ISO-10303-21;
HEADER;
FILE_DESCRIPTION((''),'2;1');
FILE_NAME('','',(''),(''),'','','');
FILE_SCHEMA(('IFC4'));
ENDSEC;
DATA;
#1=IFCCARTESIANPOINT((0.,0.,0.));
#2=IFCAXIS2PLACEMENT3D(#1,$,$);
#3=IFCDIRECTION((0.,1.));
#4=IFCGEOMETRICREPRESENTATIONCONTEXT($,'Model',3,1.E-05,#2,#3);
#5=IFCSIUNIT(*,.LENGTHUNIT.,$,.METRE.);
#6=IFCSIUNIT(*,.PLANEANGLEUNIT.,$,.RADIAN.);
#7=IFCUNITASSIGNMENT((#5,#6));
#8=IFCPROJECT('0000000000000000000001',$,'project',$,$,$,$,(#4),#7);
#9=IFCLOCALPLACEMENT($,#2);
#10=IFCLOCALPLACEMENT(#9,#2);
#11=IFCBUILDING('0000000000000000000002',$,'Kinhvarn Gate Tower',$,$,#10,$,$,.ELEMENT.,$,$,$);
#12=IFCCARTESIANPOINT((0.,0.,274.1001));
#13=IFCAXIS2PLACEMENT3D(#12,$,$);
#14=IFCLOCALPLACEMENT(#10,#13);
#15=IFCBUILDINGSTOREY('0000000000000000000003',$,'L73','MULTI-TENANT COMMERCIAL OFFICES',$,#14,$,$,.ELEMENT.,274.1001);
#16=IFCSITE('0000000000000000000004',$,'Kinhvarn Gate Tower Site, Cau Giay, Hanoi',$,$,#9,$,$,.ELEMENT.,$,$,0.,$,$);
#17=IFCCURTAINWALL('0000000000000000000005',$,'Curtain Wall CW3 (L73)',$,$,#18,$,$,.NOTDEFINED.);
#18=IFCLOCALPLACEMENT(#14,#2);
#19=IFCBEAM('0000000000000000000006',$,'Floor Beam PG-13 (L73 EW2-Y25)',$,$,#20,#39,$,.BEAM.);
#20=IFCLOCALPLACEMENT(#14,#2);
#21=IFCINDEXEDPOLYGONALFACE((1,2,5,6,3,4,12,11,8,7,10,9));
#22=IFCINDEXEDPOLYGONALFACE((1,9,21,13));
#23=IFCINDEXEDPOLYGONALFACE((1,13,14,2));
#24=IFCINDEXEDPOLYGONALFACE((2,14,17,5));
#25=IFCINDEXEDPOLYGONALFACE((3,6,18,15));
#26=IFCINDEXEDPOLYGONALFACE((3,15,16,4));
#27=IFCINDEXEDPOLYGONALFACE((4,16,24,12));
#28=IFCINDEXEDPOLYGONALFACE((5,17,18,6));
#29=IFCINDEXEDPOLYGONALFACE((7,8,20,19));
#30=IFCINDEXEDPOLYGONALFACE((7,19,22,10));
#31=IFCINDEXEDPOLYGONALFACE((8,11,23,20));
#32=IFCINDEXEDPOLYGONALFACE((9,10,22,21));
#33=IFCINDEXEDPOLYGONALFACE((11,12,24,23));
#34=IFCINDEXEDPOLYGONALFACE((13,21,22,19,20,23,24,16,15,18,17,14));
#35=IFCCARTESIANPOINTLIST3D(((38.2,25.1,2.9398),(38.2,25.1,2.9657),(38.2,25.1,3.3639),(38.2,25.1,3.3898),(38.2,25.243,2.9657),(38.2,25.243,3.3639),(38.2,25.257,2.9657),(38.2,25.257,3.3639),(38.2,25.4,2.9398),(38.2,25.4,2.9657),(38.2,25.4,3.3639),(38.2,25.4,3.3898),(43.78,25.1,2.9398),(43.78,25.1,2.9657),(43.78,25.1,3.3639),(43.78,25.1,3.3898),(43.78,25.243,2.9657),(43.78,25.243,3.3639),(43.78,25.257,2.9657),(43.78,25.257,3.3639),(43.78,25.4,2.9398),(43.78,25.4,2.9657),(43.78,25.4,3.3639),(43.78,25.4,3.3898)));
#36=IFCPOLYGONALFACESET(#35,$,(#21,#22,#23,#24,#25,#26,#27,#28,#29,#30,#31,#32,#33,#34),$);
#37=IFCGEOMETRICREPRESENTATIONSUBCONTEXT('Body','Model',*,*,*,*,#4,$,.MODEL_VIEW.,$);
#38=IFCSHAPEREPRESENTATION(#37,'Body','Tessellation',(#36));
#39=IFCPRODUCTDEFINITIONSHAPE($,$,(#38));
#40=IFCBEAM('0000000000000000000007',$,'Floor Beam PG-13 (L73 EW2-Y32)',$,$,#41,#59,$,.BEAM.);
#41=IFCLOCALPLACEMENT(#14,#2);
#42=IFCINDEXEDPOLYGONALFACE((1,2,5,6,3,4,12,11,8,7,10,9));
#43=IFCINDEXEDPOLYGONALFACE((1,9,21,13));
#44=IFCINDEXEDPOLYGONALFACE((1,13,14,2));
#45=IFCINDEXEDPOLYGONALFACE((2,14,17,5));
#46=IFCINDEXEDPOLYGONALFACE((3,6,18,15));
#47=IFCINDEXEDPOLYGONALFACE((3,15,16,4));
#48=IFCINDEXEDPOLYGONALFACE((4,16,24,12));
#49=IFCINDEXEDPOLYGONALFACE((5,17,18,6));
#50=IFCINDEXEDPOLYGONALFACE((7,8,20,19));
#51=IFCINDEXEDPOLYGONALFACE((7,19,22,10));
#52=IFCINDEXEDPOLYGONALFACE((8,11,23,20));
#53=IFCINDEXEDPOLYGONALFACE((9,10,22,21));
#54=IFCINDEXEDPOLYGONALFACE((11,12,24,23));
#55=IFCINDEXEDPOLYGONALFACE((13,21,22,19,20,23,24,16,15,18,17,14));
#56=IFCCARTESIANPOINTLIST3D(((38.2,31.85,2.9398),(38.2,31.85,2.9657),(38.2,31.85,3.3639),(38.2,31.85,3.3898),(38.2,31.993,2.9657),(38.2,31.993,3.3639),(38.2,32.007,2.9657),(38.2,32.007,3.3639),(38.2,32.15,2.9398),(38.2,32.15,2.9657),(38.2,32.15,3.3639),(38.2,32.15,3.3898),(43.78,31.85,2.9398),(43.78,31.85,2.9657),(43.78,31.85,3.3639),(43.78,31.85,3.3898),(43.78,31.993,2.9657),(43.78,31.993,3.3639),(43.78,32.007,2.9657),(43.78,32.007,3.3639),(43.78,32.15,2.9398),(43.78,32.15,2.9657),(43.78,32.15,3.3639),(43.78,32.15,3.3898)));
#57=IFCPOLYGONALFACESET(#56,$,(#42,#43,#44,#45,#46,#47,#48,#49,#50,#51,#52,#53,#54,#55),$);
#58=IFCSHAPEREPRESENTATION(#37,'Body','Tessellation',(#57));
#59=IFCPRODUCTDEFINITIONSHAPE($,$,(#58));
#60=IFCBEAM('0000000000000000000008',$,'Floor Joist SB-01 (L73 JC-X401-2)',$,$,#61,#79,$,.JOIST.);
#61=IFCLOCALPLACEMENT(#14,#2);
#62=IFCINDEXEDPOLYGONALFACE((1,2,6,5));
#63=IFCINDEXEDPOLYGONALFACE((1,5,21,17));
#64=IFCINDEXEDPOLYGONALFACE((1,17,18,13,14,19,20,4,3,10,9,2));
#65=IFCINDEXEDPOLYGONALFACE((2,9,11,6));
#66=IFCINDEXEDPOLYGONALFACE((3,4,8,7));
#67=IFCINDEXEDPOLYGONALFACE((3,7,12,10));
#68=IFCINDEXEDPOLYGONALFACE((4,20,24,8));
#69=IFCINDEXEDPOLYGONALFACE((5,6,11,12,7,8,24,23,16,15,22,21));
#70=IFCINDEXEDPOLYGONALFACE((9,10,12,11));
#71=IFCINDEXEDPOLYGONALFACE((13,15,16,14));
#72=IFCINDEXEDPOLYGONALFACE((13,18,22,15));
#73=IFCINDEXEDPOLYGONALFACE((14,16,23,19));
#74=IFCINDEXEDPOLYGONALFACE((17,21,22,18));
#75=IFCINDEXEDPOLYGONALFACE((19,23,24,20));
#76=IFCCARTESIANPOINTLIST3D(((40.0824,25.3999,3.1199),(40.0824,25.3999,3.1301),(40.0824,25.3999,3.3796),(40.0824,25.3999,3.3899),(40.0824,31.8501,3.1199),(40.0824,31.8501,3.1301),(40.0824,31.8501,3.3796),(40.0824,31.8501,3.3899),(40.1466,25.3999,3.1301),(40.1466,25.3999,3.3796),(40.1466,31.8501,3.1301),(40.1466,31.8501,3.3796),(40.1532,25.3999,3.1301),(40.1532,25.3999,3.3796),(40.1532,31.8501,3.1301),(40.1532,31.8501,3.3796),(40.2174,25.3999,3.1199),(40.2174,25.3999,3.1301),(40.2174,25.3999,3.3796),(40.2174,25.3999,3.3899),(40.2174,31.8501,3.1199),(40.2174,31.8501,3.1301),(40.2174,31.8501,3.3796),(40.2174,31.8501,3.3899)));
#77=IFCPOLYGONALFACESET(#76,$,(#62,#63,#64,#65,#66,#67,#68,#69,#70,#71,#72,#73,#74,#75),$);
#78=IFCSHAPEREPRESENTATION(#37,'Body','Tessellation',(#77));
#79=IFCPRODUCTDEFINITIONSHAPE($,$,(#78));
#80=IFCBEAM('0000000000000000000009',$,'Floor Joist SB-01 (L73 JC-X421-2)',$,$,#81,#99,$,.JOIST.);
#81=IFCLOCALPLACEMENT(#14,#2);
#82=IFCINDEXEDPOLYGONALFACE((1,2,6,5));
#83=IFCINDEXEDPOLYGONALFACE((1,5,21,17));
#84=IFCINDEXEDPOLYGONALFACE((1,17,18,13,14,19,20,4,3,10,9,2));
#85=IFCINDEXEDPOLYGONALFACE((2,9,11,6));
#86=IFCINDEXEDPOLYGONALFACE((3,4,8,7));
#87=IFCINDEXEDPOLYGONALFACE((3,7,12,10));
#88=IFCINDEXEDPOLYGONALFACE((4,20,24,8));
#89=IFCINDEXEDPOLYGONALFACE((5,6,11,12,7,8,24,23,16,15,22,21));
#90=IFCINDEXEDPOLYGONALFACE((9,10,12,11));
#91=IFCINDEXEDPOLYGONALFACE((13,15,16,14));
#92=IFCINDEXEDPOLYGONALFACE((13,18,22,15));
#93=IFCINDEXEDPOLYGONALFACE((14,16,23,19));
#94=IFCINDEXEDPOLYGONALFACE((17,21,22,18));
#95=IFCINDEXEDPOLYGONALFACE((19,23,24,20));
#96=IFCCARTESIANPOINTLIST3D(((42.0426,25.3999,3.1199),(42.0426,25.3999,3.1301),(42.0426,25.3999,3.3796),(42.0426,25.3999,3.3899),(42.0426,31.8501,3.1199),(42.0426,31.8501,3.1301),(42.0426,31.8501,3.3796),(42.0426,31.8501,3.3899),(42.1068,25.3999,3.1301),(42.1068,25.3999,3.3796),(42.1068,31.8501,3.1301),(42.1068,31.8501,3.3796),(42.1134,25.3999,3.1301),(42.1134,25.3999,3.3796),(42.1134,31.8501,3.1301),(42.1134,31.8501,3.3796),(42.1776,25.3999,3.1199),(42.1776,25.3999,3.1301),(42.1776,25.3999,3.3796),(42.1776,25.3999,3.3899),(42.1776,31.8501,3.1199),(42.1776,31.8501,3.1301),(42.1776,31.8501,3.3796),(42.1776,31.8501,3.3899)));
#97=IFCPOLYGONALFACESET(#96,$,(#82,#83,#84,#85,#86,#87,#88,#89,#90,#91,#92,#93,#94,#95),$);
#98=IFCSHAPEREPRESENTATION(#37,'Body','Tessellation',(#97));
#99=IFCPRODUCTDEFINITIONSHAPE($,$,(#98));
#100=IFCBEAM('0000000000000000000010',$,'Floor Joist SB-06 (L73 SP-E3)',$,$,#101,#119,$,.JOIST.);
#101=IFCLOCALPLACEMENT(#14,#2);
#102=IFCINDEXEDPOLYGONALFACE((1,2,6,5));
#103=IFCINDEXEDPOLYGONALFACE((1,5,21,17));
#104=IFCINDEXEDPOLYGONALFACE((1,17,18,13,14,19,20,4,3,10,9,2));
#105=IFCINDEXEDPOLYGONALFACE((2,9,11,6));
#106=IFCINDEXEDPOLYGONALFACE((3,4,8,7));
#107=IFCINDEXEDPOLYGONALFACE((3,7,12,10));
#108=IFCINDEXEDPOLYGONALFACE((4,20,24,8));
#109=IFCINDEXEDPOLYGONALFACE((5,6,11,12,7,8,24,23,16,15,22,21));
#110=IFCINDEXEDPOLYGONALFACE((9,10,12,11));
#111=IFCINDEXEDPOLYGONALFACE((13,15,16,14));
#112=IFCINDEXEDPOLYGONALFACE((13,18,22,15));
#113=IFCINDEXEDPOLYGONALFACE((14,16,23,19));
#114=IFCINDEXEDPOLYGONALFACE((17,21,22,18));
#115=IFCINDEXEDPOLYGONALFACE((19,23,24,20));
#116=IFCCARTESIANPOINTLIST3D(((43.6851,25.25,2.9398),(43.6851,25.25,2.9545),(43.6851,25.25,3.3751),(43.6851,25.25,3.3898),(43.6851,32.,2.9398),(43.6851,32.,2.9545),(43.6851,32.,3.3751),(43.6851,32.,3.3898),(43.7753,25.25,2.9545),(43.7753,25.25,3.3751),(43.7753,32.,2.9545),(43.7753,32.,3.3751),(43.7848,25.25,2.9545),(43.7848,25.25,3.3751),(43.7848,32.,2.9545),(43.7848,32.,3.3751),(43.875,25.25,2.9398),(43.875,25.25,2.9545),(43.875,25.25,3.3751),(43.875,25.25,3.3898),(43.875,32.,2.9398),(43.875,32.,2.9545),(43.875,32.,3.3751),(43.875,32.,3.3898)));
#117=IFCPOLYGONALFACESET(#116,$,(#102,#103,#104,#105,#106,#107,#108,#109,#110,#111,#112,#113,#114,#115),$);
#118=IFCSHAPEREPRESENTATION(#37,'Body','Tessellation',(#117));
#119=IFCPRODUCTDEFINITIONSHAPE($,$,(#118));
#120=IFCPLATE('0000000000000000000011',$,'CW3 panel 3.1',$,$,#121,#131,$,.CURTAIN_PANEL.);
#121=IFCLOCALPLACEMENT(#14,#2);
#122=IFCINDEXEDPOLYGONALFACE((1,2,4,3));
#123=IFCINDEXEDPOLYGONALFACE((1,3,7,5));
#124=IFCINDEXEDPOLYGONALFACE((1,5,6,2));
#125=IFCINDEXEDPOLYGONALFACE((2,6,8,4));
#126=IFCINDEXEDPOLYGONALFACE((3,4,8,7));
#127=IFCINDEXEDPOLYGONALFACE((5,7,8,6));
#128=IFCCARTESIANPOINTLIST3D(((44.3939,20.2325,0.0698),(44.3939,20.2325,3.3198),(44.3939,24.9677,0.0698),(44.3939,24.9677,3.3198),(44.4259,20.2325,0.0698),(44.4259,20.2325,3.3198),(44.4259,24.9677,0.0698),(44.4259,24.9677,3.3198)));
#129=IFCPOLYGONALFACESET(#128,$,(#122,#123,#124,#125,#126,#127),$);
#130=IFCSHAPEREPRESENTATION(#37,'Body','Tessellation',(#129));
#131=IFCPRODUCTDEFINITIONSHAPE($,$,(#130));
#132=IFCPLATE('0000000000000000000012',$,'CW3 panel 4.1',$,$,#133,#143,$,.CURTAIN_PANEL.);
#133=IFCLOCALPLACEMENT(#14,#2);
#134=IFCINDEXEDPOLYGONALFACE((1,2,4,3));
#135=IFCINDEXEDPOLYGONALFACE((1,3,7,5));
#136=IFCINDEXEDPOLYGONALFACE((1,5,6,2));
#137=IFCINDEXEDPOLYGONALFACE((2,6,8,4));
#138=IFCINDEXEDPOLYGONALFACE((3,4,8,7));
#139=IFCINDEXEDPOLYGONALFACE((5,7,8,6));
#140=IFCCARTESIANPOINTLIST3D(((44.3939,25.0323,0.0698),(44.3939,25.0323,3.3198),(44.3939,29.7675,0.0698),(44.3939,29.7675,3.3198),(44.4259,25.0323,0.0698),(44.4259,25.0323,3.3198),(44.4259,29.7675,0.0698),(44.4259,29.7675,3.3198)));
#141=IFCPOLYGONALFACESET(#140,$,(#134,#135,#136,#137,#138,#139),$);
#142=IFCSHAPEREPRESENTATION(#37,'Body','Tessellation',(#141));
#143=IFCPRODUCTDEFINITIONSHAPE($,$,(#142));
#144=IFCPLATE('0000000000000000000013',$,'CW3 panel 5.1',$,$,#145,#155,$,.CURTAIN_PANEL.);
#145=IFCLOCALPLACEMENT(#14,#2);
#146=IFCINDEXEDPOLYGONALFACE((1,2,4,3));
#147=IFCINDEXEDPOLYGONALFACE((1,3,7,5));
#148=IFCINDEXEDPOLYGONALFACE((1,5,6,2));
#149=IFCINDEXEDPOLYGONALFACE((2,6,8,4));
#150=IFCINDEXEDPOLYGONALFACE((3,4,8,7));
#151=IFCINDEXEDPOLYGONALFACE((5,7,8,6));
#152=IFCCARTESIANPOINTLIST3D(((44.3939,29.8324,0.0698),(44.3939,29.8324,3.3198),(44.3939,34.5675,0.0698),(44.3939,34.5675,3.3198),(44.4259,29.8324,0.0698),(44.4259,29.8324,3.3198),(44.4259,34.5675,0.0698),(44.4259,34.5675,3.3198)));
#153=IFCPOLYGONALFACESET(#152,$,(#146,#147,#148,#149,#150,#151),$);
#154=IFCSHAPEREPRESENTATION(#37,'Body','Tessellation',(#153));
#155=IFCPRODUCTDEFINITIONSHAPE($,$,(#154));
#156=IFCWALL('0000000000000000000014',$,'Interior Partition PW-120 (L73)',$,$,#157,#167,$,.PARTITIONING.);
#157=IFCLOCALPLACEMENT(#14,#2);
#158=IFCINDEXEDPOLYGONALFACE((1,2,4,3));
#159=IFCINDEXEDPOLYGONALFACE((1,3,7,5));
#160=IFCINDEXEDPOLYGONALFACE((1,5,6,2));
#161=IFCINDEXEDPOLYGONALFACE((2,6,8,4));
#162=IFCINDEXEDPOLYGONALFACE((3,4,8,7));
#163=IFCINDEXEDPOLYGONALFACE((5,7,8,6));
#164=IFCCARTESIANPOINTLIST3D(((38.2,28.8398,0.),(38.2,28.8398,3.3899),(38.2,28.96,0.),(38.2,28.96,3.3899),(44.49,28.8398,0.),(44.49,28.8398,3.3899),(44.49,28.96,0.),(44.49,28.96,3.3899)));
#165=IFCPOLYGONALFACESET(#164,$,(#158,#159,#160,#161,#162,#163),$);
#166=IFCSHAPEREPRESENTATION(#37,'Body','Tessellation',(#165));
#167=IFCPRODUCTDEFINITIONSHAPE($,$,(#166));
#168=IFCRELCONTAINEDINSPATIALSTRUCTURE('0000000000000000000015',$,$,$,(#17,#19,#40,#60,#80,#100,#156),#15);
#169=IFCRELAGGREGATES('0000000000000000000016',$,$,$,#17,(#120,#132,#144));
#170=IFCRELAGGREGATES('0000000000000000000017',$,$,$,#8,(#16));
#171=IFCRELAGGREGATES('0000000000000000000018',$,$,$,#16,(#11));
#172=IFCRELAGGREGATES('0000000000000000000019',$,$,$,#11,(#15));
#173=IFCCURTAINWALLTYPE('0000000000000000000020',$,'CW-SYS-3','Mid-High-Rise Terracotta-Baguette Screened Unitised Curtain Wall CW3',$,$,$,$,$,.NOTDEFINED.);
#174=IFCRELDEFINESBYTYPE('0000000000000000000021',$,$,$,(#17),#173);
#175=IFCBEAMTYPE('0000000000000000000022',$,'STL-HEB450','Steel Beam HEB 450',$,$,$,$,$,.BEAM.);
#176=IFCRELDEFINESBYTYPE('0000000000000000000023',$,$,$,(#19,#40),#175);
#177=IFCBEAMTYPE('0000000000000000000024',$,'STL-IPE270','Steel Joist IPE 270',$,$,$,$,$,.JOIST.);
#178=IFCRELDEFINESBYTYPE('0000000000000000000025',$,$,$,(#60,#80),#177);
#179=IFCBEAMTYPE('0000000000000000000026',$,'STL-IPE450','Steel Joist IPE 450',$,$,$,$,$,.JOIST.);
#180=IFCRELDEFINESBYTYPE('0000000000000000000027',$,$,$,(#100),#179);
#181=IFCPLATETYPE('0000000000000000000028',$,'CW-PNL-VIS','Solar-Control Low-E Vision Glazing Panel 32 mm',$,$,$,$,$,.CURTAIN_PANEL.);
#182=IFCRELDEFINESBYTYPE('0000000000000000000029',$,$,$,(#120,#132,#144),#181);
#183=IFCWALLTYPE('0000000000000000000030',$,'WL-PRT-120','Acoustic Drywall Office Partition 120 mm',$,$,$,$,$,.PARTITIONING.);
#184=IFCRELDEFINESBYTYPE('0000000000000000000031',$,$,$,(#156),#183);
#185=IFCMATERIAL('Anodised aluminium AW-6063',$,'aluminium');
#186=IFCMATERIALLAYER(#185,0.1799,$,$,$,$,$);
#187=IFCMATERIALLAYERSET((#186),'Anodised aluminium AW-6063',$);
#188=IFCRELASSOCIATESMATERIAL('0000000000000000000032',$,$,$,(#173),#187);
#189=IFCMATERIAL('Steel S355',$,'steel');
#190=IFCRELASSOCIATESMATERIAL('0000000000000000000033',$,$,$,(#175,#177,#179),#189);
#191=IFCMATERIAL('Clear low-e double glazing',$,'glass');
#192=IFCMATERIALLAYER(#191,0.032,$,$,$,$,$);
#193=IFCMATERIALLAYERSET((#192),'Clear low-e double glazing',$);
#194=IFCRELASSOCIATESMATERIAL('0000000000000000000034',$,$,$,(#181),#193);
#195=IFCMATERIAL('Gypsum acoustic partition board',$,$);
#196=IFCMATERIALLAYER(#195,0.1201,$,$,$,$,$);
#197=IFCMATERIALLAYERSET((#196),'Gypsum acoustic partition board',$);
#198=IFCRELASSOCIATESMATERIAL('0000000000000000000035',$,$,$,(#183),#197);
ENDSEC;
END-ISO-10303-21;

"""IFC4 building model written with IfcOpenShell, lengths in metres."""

from ifc_helpers import new_model, si_unit, direction, frame, frame_2d, origin, origin_2d, place, context, subcontext, project, spatial, rectangle, i_section, extrude, material, layer, layer_set, material_profile, profile_set, type_object, element, aggregate, save


model = new_model("IFC4")

# Units and contexts
model_context = context("Model", 3, precision=1e-05, world=origin(), true_north=direction((0.0, 1.0)))
body_context = subcontext(model_context, "Body", "Model", "MODEL_VIEW")
ifc_project = project(units=[si_unit("LENGTHUNIT", "METRE"), si_unit("PLANEANGLEUNIT", "RADIAN")], contexts=[model_context])

# Site, building, storey
site_placement = place(None, origin())
site = spatial("IfcSite", under=ifc_project, at=site_placement, Name="Kinhvarn Gate Tower Site, Cau Giay, Hanoi", CompositionType="ELEMENT", RefElevation=0.0)
building_placement = place(site_placement, origin())
building = spatial("IfcBuilding", under=site, at=building_placement, Name="Kinhvarn Gate Tower", CompositionType="ELEMENT")
storey_placement = place(building_placement, frame((0.0, 0.0, 274.1001)))
storey = spatial("IfcBuildingStorey", under=building, at=storey_placement, Name="L73", Description="MULTI-TENANT COMMERCIAL OFFICES", CompositionType="ELEMENT", Elevation=274.1001)

# Curtain wall
ifc_material_1 = material(Name="Anodised aluminium AW-6063", Category="aluminium")
ifc_layer_1 = layer(ifc_material_1, 0.1799)
ifc_layer_set_1 = layer_set([ifc_layer_1], Name="Anodised aluminium AW-6063")
curtain_wall_type = type_object("IfcCurtainWallType", Name="CW-SYS-3", Description="Mid-High-Rise Terracotta-Baguette Screened Unitised Curtain Wall CW3", PredefinedType="NOTDEFINED", material=ifc_layer_set_1)
curtain_wall_placement = place(storey_placement, origin())
curtain_wall = element("IfcCurtainWall", 1, at=curtain_wall_placement, inside=storey, type_object=curtain_wall_type, Name="Curtain Wall CW3 (L73)", PredefinedType="NOTDEFINED")

# Beams
ifc_material_2 = material(Name="Steel S355", Category="steel")
ifc_material_profile_1 = material_profile(ifc_material_2, i_section(OverallWidth=0.3, OverallDepth=0.45, WebThickness=0.0139, FlangeThickness=0.0259, at=origin_2d()), Name="HEB 450")
ifc_profile_set_1 = profile_set([ifc_material_profile_1], Name="Steel S355")
beam_type_1 = type_object("IfcBeamType", Name="STL-HEB450", Description="Steel Beam HEB 450", PredefinedType="BEAM", material=ifc_profile_set_1)
for number, where, z_axis, x_axis, name in (
    (2, (38.2, 25.25, 3.1648), (1.0, 0.0, 0.0), (0.0, 1.0, 0.0), "Floor Beam PG-13 (L73 EW2-Y25)"),
    (3, (38.2, 32.0, 3.1648), (1.0, 0.0, 0.0), (0.0, 1.0, 0.0), "Floor Beam PG-13 (L73 EW2-Y32)"),
):
    element("IfcBeam", number, at=place(storey_placement, frame(where, z_axis=z_axis, x_axis=x_axis)), inside=storey, type_object=beam_type_1, Name=name, PredefinedType="BEAM", context=body_context, shape_type="SweptSolid", body=[
        extrude(i_section(OverallWidth=0.3, OverallDepth=0.45, WebThickness=0.0139, FlangeThickness=0.0259, at=origin_2d()), origin(), (0.0, 0.0, 1.0), 5.5801),
    ])
ifc_material_profile_2 = material_profile(ifc_material_2, i_section(OverallWidth=0.135, OverallDepth=0.27, WebThickness=0.0066, FlangeThickness=0.0103, at=origin_2d()), Name="IPE 270")
ifc_profile_set_2 = profile_set([ifc_material_profile_2], Name="Steel S355")
beam_type_2 = type_object("IfcBeamType", Name="STL-IPE270", Description="Steel Joist IPE 270", PredefinedType="JOIST", material=ifc_profile_set_2)
for number, where, z_axis, x_axis, name in (
    (4, (40.1499, 25.3999, 3.2549), (0.0, 1.0, 0.0), (-1.0, 0.0, 0.0), "Floor Joist SB-01 (L73 JC-X401-2)"),
    (5, (42.1101, 25.3999, 3.2549), (0.0, 1.0, 0.0), (-1.0, 0.0, 0.0), "Floor Joist SB-01 (L73 JC-X421-2)"),
):
    element("IfcBeam", number, at=place(storey_placement, frame(where, z_axis=z_axis, x_axis=x_axis)), inside=storey, type_object=beam_type_2, Name=name, PredefinedType="JOIST", context=body_context, shape_type="SweptSolid", body=[
        extrude(i_section(OverallWidth=0.135, OverallDepth=0.27, WebThickness=0.0066, FlangeThickness=0.0103, at=origin_2d()), origin(), (0.0, 0.0, 1.0), 6.4502),
    ])
ifc_material_profile_3 = material_profile(ifc_material_2, i_section(OverallWidth=0.1899, OverallDepth=0.45, WebThickness=0.0095, FlangeThickness=0.0146, at=origin_2d()), Name="IPE 450")
ifc_profile_set_3 = profile_set([ifc_material_profile_3], Name="Steel S355")
beam_type_3 = type_object("IfcBeamType", Name="STL-IPE450", Description="Steel Joist IPE 450", PredefinedType="JOIST", material=ifc_profile_set_3)
beam_1_placement = place(storey_placement, frame((43.78, 25.25, 3.1648), z_axis=(0.0, 1.0, 0.0), x_axis=(-1.0, 0.0, 0.0)))
element("IfcBeam", 6, at=beam_1_placement, inside=storey, type_object=beam_type_3, Name="Floor Joist SB-06 (L73 SP-E3)", PredefinedType="JOIST", context=body_context, shape_type="SweptSolid", body=[
    extrude(i_section(OverallWidth=0.1899, OverallDepth=0.45, WebThickness=0.0095, FlangeThickness=0.0146, at=origin_2d()), origin(), (0.0, 0.0, 1.0), 6.75),
])

# Plates
ifc_material_3 = material(Name="Clear low-e double glazing", Category="glass")
ifc_layer_2 = layer(ifc_material_3, 0.032)
ifc_layer_set_2 = layer_set([ifc_layer_2], Name="Clear low-e double glazing")
plate_type = type_object("IfcPlateType", Name="CW-PNL-VIS", Description="Solar-Control Low-E Vision Glazing Panel 32 mm", PredefinedType="CURTAIN_PANEL", material=ifc_layer_set_2)
plate_1_placement = place(storey_placement, frame((44.4099, 22.6001, 0.0698), z_axis=(0.0, 0.0, 1.0), x_axis=(0.0, 1.0, 0.0)))
plate_1 = element("IfcPlate", 7, at=plate_1_placement, type_object=plate_type, Name="CW3 panel 3.1", PredefinedType="CURTAIN_PANEL", context=body_context, shape_type="SweptSolid", body=[
    extrude(rectangle(XDim=4.7351, YDim=0.032, at=origin_2d()), origin(), (0.0, 0.0, 1.0), 3.25),
])
plate_2_placement = place(storey_placement, frame((44.4099, 27.3999, 0.0698), z_axis=(0.0, 0.0, 1.0), x_axis=(0.0, 1.0, 0.0)))
plate_2 = element("IfcPlate", 8, at=plate_2_placement, type_object=plate_type, Name="CW3 panel 4.1", PredefinedType="CURTAIN_PANEL", context=body_context, shape_type="SweptSolid", body=[
    extrude(rectangle(XDim=4.7351, YDim=0.032, at=origin_2d()), origin(), (0.0, 0.0, 1.0), 3.25),
])
plate_3_placement = place(storey_placement, frame((44.4099, 32.2, 0.0698), z_axis=(0.0, 0.0, 1.0), x_axis=(0.0, 1.0, 0.0)))
plate_3 = element("IfcPlate", 9, at=plate_3_placement, type_object=plate_type, Name="CW3 panel 5.1", PredefinedType="CURTAIN_PANEL", context=body_context, shape_type="SweptSolid", body=[
    extrude(rectangle(XDim=4.7351, YDim=0.032, at=origin_2d()), origin(), (0.0, 0.0, 1.0), 3.25),
])
aggregate(curtain_wall, [plate_1, plate_2, plate_3])

# Wall
ifc_material_4 = material(Name="Gypsum acoustic partition board")
ifc_layer_3 = layer(ifc_material_4, 0.1201)
ifc_layer_set_3 = layer_set([ifc_layer_3], Name="Gypsum acoustic partition board")
wall_type_1 = type_object("IfcWallType", Name="WL-PRT-120", Description="Acoustic Drywall Office Partition 120 mm", PredefinedType="PARTITIONING", material=ifc_layer_set_3)
wall_1_placement = place(storey_placement, frame((38.2, 28.8999, 0.0), z_axis=(0.0, 0.0, 1.0), x_axis=(1.0, 0.0, 0.0)))
element("IfcWall", 10, at=wall_1_placement, inside=storey, type_object=wall_type_1, Name="Interior Partition PW-120 (L73)", PredefinedType="PARTITIONING", context=body_context, shape_type="SweptSolid", body=[
    extrude(rectangle(XDim=6.29, YDim=0.1201, at=frame_2d((3.145, 0.0))), origin(), (0.0, 0.0, 1.0), 3.3899),
])

save(model, "model.ifc")
